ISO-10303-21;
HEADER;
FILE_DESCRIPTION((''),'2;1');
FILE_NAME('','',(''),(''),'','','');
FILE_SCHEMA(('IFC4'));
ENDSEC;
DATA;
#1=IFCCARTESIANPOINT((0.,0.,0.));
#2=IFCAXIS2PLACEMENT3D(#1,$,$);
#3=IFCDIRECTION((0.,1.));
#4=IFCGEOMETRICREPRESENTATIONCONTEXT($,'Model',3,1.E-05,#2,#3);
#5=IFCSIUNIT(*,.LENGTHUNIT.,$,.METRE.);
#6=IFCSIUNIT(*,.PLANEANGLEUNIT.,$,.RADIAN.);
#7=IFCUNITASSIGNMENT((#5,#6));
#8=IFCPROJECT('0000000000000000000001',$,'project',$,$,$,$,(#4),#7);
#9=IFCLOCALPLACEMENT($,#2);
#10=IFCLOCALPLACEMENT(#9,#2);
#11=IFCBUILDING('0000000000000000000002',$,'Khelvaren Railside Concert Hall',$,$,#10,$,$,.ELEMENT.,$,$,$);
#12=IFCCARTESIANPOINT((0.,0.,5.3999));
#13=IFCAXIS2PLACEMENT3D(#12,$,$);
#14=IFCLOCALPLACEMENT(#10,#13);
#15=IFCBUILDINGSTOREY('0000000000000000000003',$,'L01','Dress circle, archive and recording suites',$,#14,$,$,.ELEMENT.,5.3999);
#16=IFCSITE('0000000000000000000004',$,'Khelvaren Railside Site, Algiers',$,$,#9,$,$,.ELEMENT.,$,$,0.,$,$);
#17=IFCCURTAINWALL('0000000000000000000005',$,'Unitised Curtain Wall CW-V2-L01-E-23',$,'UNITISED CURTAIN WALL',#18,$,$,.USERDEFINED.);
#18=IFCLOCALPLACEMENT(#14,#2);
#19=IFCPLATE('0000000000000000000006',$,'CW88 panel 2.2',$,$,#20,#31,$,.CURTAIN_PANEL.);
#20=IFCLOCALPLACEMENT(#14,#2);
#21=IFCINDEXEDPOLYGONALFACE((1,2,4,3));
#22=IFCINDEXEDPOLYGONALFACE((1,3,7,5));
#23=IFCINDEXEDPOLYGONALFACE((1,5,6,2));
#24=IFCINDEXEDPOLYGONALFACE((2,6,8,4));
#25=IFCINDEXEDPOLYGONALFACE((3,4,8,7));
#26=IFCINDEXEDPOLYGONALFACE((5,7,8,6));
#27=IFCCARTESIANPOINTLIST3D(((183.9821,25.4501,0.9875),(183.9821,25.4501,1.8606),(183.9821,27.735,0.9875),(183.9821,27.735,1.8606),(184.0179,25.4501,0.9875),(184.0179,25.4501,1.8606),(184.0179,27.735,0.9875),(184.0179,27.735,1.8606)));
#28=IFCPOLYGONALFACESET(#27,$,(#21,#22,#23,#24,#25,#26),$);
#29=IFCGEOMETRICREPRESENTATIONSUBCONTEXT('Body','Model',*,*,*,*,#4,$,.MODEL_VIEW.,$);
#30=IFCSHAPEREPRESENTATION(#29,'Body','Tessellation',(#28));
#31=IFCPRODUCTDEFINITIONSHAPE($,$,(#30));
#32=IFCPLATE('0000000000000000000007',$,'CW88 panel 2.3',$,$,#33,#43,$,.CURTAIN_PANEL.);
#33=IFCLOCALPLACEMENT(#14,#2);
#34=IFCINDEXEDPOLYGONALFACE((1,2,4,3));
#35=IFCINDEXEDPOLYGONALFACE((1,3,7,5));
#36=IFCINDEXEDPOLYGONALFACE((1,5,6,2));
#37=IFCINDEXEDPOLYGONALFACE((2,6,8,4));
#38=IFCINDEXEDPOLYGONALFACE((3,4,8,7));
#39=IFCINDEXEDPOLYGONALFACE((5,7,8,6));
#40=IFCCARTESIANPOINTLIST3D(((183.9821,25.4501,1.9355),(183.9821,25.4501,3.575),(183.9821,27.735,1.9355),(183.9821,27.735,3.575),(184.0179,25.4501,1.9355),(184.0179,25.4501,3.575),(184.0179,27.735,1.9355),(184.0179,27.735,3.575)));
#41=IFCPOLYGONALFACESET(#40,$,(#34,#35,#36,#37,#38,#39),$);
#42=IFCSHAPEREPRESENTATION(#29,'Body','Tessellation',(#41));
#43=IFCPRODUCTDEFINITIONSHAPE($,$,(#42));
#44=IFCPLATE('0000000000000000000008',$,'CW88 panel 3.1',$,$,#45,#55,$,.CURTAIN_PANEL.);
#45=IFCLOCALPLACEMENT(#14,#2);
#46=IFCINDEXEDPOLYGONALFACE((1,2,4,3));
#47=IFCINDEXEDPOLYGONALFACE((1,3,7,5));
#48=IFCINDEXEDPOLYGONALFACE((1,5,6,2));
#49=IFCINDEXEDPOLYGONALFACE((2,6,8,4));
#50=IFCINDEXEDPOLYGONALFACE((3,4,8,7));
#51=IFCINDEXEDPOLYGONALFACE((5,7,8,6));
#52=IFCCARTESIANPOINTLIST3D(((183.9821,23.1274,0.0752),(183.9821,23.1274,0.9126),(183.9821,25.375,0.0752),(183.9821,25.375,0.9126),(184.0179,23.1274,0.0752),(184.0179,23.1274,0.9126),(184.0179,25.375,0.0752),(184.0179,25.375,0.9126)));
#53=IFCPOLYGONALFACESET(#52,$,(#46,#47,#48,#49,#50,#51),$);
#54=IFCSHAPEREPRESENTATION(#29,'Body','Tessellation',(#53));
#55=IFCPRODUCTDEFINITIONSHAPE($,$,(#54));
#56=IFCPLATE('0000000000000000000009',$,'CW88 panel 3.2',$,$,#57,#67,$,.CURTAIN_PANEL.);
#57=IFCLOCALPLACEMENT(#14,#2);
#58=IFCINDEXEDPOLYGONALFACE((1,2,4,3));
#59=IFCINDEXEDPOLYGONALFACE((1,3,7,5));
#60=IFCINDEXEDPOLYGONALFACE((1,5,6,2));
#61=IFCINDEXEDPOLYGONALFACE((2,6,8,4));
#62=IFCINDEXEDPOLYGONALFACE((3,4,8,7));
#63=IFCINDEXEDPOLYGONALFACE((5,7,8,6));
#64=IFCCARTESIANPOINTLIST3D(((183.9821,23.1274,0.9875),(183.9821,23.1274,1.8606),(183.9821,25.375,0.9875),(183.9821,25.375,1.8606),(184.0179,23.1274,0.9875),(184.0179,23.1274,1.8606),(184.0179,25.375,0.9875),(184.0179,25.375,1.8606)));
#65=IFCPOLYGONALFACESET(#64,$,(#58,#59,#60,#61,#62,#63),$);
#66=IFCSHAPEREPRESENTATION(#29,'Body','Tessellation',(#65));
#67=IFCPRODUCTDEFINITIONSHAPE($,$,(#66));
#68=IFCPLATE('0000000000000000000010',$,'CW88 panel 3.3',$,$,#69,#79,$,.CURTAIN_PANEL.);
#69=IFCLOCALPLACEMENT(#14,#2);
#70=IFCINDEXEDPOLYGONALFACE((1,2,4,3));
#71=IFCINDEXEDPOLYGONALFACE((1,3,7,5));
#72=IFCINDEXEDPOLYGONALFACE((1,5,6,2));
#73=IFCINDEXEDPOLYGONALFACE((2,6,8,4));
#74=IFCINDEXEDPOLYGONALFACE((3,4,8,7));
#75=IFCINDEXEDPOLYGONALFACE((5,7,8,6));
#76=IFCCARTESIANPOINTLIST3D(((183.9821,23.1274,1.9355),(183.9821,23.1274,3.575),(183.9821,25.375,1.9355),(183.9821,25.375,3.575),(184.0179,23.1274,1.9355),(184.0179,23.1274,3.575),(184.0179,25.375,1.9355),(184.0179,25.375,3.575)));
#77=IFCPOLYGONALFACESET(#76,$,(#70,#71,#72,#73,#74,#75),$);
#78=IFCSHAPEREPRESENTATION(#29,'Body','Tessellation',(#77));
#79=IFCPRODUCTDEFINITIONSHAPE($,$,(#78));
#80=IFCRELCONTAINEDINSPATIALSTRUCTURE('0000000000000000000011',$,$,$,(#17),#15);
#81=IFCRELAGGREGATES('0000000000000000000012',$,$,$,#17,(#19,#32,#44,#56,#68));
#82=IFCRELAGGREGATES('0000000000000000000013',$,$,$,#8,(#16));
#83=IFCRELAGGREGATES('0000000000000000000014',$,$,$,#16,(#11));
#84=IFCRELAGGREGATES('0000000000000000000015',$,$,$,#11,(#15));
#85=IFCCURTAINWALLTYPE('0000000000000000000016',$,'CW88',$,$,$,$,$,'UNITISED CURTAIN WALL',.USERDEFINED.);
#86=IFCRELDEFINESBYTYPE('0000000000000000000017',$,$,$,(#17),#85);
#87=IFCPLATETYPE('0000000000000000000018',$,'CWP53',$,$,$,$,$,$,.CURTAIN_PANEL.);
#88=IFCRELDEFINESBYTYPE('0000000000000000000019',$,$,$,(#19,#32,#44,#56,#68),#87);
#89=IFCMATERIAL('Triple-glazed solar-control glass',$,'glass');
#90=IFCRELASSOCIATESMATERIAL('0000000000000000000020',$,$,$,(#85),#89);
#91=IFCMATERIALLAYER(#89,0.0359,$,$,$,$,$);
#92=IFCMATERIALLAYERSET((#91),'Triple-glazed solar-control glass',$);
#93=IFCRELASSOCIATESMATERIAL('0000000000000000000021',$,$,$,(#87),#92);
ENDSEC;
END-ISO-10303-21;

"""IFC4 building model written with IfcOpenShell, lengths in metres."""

from ifc_helpers import new_model, si_unit, direction, frame, origin, origin_2d, place, context, subcontext, project, spatial, rectangle, extrude, material, layer, layer_set, type_object, element, aggregate, save


model = new_model("IFC4")

# Units and contexts
model_context = context("Model", 3, precision=1e-05, world=origin(), true_north=direction((0.0, 1.0)))
body_context = subcontext(model_context, "Body", "Model", "MODEL_VIEW")
ifc_project = project(units=[si_unit("LENGTHUNIT", "METRE"), si_unit("PLANEANGLEUNIT", "RADIAN")], contexts=[model_context])

# Site, building, storey
site_placement = place(None, origin())
site = spatial("IfcSite", under=ifc_project, at=site_placement, Name="Khelvaren Railside Site, Algiers", CompositionType="ELEMENT", RefElevation=0.0)
building_placement = place(site_placement, origin())
building = spatial("IfcBuilding", under=site, at=building_placement, Name="Khelvaren Railside Concert Hall", CompositionType="ELEMENT")
storey_placement = place(building_placement, frame((0.0, 0.0, 5.3999)))
storey = spatial("IfcBuildingStorey", under=building, at=storey_placement, Name="L01", Description="Dress circle, archive and recording suites", CompositionType="ELEMENT", Elevation=5.3999)

# Curtain wall, plates
ifc_material_1 = material(Name="Triple-glazed solar-control glass", Category="glass")
curtain_wall_type = type_object("IfcCurtainWallType", Name="CW88", ElementType="UNITISED CURTAIN WALL", PredefinedType="USERDEFINED", material=ifc_material_1)
curtain_wall_placement = place(storey_placement, origin())
curtain_wall = element("IfcCurtainWall", 1, at=curtain_wall_placement, inside=storey, type_object=curtain_wall_type, Name="Unitised Curtain Wall CW-V2-L01-E-23", ObjectType="UNITISED CURTAIN WALL", PredefinedType="USERDEFINED")
ifc_layer = layer(ifc_material_1, 0.0359)
ifc_layer_set = layer_set([ifc_layer], Name="Triple-glazed solar-control glass")
plate_type = type_object("IfcPlateType", Name="CWP53", PredefinedType="CURTAIN_PANEL", material=ifc_layer_set)
plate_1_placement = place(storey_placement, frame((184.0, 26.5925, 0.9875), z_axis=(0.0, 0.0, 1.0), x_axis=(0.0, -1.0, 0.0)))
plate_1 = element("IfcPlate", 2, at=plate_1_placement, type_object=plate_type, Name="CW88 panel 2.2", PredefinedType="CURTAIN_PANEL", context=body_context, shape_type="SweptSolid", body=[
    extrude(rectangle(XDim=2.2849, YDim=0.0359, at=origin_2d()), origin(), (0.0, 0.0, 1.0), 0.873),
])
plate_2_placement = place(storey_placement, frame((184.0, 26.5925, 1.9355), z_axis=(0.0, 0.0, 1.0), x_axis=(0.0, -1.0, 0.0)))
plate_2 = element("IfcPlate", 3, at=plate_2_placement, type_object=plate_type, Name="CW88 panel 2.3", PredefinedType="CURTAIN_PANEL", context=body_context, shape_type="SweptSolid", body=[
    extrude(rectangle(XDim=2.2849, YDim=0.0359, at=origin_2d()), origin(), (0.0, 0.0, 1.0), 1.6394),
])
plate_3_placement = place(storey_placement, frame((184.0, 24.2512, 0.0752), z_axis=(0.0, 0.0, 1.0), x_axis=(0.0, -1.0, 0.0)))
plate_3 = element("IfcPlate", 4, at=plate_3_placement, type_object=plate_type, Name="CW88 panel 3.1", PredefinedType="CURTAIN_PANEL", context=body_context, shape_type="SweptSolid", body=[
    extrude(rectangle(XDim=2.2476, YDim=0.0359, at=origin_2d()), origin(), (0.0, 0.0, 1.0), 0.8374),
])
plate_4_placement = place(storey_placement, frame((184.0, 24.2512, 0.9875), z_axis=(0.0, 0.0, 1.0), x_axis=(0.0, -1.0, 0.0)))
plate_4 = element("IfcPlate", 5, at=plate_4_placement, type_object=plate_type, Name="CW88 panel 3.2", PredefinedType="CURTAIN_PANEL", context=body_context, shape_type="SweptSolid", body=[
    extrude(rectangle(XDim=2.2476, YDim=0.0359, at=origin_2d()), origin(), (0.0, 0.0, 1.0), 0.873),
])
plate_5_placement = place(storey_placement, frame((184.0, 24.2512, 1.9355), z_axis=(0.0, 0.0, 1.0), x_axis=(0.0, -1.0, 0.0)))
plate_5 = element("IfcPlate", 6, at=plate_5_placement, type_object=plate_type, Name="CW88 panel 3.3", PredefinedType="CURTAIN_PANEL", context=body_context, shape_type="SweptSolid", body=[
    extrude(rectangle(XDim=2.2476, YDim=0.0359, at=origin_2d()), origin(), (0.0, 0.0, 1.0), 1.6394),
])
aggregate(curtain_wall, [plate_1, plate_2, plate_3, plate_4, plate_5])

save(model, "model.ifc")
